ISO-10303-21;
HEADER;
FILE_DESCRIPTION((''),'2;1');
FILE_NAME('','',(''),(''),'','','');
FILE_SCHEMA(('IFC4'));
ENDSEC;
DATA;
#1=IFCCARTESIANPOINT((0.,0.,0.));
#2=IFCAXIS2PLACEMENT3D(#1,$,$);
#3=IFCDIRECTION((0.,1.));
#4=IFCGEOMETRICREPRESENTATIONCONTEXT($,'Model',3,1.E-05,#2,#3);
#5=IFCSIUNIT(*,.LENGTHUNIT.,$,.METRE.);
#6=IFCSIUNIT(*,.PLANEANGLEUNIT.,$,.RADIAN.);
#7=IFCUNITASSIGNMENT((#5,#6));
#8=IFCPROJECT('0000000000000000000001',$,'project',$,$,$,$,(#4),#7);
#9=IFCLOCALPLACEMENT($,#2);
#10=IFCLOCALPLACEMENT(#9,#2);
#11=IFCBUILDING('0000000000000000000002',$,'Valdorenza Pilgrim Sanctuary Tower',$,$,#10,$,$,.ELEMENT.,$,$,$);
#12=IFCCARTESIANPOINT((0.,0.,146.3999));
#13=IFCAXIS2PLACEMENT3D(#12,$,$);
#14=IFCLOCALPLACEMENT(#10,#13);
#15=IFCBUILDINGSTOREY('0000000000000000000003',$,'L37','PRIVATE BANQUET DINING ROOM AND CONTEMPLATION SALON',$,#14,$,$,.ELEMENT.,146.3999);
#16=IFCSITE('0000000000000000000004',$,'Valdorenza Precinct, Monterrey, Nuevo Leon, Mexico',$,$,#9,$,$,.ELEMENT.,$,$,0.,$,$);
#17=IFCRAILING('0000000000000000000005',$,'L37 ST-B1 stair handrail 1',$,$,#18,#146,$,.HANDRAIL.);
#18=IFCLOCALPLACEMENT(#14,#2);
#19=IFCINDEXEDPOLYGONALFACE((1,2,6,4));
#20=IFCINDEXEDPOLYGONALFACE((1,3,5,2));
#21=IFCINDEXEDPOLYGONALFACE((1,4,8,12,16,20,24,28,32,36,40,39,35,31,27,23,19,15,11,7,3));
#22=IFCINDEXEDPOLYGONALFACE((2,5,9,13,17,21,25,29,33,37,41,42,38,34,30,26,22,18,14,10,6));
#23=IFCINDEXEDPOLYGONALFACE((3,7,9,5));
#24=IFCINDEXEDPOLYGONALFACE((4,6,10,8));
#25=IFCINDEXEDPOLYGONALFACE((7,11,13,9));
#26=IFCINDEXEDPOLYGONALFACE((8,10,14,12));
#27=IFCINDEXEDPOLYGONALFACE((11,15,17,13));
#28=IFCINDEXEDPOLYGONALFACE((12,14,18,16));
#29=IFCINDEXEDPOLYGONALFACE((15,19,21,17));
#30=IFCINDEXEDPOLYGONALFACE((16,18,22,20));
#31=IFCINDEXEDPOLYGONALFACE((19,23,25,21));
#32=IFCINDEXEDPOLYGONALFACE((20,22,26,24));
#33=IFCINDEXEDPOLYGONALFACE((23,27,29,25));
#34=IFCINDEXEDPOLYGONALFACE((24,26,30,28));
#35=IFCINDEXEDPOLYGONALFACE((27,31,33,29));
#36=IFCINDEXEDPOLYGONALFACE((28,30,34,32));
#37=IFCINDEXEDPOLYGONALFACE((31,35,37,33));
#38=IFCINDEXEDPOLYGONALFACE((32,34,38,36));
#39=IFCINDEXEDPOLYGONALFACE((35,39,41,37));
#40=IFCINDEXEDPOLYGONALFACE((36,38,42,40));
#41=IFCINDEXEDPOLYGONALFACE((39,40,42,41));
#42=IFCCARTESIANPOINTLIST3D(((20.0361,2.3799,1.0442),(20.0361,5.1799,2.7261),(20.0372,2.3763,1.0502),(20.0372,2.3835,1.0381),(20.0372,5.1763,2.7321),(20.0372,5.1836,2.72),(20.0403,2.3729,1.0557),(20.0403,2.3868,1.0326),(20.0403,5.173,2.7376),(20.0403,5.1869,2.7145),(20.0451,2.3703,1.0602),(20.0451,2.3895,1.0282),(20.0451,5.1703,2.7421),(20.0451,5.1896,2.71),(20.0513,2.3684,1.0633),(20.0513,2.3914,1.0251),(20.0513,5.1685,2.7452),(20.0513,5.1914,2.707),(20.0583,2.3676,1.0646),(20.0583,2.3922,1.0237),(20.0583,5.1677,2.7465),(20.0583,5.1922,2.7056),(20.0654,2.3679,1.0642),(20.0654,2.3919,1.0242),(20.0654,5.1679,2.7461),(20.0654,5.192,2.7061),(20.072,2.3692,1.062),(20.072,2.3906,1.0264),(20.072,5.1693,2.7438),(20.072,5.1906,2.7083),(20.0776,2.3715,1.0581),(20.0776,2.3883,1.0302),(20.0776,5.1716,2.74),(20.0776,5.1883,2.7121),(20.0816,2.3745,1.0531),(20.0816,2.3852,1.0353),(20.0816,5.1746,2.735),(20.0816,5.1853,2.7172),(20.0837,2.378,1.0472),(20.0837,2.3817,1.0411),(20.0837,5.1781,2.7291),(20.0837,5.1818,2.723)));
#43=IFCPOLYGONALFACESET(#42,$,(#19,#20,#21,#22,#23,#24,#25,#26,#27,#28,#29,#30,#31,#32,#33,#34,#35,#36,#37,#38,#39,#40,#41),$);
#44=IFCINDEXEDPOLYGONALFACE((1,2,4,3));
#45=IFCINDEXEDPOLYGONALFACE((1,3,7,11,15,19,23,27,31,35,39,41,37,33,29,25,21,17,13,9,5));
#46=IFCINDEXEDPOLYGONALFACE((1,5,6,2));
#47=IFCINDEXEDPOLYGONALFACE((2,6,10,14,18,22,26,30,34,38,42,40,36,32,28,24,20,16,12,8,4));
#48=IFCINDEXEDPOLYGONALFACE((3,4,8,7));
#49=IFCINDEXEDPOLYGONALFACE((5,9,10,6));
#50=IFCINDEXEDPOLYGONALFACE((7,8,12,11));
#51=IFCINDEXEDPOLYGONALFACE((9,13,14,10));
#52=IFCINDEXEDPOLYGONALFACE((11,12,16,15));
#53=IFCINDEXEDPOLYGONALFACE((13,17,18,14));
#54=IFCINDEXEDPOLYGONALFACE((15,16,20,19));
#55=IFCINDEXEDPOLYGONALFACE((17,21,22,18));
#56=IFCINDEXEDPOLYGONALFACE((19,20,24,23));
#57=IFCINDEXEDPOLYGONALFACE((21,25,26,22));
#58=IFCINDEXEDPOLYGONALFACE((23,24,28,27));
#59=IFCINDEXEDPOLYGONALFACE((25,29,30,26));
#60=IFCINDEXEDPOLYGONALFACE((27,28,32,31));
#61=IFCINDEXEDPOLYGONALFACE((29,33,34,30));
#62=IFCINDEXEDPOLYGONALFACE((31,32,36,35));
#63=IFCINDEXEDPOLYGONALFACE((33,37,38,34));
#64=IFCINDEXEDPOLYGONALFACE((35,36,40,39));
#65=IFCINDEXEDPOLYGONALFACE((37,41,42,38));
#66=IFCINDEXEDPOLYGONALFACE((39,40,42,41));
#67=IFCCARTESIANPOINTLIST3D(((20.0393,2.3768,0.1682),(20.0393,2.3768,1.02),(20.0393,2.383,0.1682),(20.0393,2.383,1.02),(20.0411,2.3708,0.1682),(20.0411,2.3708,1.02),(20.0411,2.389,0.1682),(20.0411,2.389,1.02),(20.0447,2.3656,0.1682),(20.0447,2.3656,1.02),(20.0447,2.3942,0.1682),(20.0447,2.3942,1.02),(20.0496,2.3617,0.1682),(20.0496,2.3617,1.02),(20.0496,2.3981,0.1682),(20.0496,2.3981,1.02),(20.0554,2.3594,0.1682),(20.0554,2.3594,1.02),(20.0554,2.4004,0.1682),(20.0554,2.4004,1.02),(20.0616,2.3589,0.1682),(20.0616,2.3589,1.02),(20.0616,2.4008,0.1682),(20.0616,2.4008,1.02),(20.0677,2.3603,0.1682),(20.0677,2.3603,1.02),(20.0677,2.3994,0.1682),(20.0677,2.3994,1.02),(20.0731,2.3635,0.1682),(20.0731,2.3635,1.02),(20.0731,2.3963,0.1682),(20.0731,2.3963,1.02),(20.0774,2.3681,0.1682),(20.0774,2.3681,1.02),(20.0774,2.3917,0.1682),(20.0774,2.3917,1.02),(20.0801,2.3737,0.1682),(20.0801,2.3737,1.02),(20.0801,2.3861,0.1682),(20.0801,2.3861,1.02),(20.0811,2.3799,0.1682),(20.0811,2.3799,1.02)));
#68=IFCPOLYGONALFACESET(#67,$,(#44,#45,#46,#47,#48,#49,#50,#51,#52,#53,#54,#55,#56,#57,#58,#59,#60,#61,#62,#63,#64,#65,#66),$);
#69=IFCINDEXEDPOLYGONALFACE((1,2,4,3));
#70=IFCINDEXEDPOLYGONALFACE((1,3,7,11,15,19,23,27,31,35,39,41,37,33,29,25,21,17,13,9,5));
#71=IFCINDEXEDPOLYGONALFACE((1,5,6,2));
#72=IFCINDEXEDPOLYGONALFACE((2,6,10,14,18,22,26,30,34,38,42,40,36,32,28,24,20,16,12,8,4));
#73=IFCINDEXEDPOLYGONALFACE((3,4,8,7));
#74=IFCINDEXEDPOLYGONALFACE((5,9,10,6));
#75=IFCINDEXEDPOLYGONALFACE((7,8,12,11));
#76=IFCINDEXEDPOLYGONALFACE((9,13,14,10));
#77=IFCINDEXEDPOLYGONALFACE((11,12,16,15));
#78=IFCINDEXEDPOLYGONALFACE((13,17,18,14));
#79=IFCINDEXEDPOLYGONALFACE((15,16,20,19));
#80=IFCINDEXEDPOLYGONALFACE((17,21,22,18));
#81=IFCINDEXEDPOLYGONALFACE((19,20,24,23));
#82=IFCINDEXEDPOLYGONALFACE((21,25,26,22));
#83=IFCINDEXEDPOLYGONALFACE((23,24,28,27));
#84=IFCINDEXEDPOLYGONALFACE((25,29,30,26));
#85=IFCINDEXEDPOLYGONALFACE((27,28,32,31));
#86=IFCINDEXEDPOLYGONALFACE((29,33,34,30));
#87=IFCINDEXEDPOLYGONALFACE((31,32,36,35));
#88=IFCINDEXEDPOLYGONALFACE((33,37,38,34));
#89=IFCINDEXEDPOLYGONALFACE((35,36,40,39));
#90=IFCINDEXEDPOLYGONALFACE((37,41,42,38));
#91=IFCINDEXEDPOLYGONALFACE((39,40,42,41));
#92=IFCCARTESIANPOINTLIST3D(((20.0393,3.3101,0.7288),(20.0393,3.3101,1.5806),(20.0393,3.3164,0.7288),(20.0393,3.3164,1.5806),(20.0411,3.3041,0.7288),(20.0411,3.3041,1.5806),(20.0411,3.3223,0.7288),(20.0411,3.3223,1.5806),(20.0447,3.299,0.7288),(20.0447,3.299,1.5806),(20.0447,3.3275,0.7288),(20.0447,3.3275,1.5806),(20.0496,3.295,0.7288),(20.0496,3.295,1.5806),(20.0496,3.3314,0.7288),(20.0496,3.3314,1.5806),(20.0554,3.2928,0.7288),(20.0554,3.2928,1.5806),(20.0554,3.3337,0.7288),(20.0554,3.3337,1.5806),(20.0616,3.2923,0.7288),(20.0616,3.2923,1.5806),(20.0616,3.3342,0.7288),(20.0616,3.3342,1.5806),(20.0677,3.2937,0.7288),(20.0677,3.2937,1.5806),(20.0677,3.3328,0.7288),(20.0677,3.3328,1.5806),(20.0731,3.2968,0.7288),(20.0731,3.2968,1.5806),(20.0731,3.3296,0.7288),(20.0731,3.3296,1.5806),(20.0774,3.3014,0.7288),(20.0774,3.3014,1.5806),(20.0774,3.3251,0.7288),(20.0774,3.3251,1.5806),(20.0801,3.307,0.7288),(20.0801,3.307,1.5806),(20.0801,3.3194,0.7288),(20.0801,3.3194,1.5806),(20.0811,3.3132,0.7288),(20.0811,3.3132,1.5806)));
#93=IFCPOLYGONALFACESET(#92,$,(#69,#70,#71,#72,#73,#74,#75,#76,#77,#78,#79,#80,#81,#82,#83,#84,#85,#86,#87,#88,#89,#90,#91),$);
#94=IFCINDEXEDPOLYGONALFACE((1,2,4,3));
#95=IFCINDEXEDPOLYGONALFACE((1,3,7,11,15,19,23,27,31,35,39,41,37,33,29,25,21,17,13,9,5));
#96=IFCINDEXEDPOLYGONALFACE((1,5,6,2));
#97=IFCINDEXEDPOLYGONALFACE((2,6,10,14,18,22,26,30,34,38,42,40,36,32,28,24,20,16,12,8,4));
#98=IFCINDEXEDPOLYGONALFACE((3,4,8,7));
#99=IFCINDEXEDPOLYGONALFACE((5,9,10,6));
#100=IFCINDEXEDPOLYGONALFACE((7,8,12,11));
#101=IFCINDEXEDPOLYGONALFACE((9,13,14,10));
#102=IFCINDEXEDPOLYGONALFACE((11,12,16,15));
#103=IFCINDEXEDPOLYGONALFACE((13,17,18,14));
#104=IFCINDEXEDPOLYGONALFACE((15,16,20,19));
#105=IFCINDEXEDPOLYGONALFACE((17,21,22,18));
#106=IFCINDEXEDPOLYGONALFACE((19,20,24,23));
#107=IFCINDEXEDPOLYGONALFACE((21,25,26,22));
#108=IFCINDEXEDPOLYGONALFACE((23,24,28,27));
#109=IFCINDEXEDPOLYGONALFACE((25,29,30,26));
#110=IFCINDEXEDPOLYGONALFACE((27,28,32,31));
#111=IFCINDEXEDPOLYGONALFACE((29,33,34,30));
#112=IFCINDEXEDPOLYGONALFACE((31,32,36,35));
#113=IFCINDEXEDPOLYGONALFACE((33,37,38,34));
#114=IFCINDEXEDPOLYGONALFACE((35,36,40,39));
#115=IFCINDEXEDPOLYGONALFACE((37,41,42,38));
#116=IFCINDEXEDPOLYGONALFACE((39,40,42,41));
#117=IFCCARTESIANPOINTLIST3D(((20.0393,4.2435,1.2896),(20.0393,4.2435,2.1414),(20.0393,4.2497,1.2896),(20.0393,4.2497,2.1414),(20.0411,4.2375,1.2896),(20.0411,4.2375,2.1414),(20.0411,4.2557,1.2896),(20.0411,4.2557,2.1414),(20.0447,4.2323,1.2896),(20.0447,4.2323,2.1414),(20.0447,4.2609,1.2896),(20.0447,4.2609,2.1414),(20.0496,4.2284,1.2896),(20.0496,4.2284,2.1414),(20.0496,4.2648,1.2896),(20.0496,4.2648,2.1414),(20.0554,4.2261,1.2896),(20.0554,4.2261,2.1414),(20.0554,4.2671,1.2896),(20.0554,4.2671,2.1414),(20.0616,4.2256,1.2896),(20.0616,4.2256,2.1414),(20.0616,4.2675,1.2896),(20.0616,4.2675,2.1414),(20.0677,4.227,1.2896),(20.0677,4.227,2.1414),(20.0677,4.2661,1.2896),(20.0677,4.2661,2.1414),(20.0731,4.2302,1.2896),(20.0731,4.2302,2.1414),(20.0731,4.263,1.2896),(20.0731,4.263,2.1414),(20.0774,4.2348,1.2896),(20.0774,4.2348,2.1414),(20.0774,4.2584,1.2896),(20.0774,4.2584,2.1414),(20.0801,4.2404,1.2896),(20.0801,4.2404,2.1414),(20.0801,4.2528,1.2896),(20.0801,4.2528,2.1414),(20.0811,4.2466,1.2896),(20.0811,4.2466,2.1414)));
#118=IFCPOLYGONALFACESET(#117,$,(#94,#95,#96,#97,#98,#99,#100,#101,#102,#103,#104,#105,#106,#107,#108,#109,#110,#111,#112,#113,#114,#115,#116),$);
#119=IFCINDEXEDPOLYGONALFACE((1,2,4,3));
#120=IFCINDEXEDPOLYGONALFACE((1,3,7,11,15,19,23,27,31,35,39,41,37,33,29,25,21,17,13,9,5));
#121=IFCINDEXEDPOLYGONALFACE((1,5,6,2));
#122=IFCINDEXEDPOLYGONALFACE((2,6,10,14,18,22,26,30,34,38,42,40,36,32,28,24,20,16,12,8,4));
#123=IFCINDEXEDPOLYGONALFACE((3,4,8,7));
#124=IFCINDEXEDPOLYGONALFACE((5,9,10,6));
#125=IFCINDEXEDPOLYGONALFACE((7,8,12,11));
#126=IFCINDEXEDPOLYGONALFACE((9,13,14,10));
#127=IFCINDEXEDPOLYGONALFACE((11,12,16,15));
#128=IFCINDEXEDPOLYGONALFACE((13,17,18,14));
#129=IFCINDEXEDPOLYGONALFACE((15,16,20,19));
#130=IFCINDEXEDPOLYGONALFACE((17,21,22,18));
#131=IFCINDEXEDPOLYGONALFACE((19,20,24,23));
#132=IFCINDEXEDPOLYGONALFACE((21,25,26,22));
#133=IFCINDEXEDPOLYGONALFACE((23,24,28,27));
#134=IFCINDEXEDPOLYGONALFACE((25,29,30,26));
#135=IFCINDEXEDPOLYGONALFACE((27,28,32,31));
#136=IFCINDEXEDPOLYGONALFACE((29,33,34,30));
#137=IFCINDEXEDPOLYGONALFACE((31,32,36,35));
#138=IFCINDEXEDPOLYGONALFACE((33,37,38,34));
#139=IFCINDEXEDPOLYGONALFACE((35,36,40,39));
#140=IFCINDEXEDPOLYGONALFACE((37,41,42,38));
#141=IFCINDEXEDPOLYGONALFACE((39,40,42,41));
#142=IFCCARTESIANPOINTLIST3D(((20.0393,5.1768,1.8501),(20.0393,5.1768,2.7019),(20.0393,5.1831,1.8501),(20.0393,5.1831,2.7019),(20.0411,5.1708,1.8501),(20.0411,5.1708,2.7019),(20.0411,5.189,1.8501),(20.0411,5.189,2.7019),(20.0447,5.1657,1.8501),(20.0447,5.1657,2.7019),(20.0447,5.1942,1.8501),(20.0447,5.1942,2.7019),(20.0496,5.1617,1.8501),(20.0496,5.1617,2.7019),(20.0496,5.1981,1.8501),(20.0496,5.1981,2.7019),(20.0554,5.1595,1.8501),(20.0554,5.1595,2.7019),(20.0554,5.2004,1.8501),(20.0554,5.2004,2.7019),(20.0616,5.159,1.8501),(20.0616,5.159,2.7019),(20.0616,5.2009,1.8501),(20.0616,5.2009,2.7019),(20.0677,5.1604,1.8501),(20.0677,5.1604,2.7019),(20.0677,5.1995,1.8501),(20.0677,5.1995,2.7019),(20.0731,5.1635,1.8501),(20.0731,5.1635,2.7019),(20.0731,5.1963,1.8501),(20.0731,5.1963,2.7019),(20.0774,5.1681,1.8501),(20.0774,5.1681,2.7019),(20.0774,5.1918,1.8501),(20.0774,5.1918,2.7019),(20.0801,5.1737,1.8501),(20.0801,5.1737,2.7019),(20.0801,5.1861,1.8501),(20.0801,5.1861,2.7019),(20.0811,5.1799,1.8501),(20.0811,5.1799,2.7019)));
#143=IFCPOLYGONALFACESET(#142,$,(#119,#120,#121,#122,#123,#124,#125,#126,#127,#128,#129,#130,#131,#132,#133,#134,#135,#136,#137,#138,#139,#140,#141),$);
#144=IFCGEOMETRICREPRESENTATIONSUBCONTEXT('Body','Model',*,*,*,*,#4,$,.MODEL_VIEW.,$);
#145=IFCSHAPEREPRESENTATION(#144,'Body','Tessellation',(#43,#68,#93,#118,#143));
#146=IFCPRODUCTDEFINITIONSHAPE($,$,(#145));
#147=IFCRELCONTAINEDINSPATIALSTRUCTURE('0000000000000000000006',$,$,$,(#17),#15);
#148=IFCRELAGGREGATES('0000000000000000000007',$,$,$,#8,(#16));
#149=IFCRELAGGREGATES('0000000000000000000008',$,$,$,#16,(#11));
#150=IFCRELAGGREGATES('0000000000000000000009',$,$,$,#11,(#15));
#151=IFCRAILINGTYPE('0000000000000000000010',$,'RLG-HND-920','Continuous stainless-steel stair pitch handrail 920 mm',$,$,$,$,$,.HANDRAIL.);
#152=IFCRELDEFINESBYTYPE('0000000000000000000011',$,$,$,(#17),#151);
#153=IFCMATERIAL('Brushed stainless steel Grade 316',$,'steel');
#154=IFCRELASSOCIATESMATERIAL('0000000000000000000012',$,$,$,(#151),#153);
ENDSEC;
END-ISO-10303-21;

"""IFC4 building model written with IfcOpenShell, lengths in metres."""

from ifc_helpers import new_model, si_unit, direction, frame, origin, origin_2d, place, context, subcontext, project, spatial, circle, extrude, material, type_object, element, save


model = new_model("IFC4")

# Units and contexts
model_context = context("Model", 3, precision=1e-05, world=origin(), true_north=direction((0.0, 1.0)))
body_context = subcontext(model_context, "Body", "Model", "MODEL_VIEW")
ifc_project = project(units=[si_unit("LENGTHUNIT", "METRE"), si_unit("PLANEANGLEUNIT", "RADIAN")], contexts=[model_context])

# Site, building, storey
site_placement = place(None, origin())
site = spatial("IfcSite", under=ifc_project, at=site_placement, Name="Valdorenza Precinct, Monterrey, Nuevo Leon, Mexico", CompositionType="ELEMENT", RefElevation=0.0)
building_placement = place(site_placement, origin())
building = spatial("IfcBuilding", under=site, at=building_placement, Name="Valdorenza Pilgrim Sanctuary Tower", CompositionType="ELEMENT")
storey_placement = place(building_placement, frame((0.0, 0.0, 146.3999)))
storey = spatial("IfcBuildingStorey", under=building, at=storey_placement, Name="L37", Description="PRIVATE BANQUET DINING ROOM AND CONTEMPLATION SALON", CompositionType="ELEMENT", Elevation=146.3999)

# Shared definitions
ifc_material_1 = material(Name="Brushed stainless steel Grade 316", Category="steel")

# Railing
railing_type_1 = type_object("IfcRailingType", Name="RLG-HND-920", Description="Continuous stainless-steel stair pitch handrail 920 mm", PredefinedType="HANDRAIL", material=ifc_material_1)
railing_1_placement = place(storey_placement, frame((20.0601, 2.3799, 0.1682)))
element("IfcRailing", 1, at=railing_1_placement, inside=storey, type_object=railing_type_1, Name="L37 ST-B1 stair handrail 1", PredefinedType="HANDRAIL", context=body_context, shape_type="SweptSolid", body=[
    extrude(circle(Radius=0.0239, at=origin_2d()), frame((0.0, 0.0, 0.876), z_axis=(0.0, 0.857242, 0.514913), x_axis=(-1.0, 0.0, 0.0)), (0.0, 0.0, 1.0), 3.2664),
    extrude(circle(Radius=0.021, at=origin_2d()), origin(), (0.0, 0.0, 1.0), 0.8518),
    extrude(circle(Radius=0.021, at=origin_2d()), frame((0.0, 0.9333, 0.5605)), (0.0, 0.0, 1.0), 0.8518),
    extrude(circle(Radius=0.021, at=origin_2d()), frame((0.0, 1.8667, 1.1213)), (0.0, 0.0, 1.0), 0.8518),
    extrude(circle(Radius=0.021, at=origin_2d()), frame((0.0, 2.8, 1.6819)), (0.0, 0.0, 1.0), 0.8518),
])

save(model, "model.ifc")
